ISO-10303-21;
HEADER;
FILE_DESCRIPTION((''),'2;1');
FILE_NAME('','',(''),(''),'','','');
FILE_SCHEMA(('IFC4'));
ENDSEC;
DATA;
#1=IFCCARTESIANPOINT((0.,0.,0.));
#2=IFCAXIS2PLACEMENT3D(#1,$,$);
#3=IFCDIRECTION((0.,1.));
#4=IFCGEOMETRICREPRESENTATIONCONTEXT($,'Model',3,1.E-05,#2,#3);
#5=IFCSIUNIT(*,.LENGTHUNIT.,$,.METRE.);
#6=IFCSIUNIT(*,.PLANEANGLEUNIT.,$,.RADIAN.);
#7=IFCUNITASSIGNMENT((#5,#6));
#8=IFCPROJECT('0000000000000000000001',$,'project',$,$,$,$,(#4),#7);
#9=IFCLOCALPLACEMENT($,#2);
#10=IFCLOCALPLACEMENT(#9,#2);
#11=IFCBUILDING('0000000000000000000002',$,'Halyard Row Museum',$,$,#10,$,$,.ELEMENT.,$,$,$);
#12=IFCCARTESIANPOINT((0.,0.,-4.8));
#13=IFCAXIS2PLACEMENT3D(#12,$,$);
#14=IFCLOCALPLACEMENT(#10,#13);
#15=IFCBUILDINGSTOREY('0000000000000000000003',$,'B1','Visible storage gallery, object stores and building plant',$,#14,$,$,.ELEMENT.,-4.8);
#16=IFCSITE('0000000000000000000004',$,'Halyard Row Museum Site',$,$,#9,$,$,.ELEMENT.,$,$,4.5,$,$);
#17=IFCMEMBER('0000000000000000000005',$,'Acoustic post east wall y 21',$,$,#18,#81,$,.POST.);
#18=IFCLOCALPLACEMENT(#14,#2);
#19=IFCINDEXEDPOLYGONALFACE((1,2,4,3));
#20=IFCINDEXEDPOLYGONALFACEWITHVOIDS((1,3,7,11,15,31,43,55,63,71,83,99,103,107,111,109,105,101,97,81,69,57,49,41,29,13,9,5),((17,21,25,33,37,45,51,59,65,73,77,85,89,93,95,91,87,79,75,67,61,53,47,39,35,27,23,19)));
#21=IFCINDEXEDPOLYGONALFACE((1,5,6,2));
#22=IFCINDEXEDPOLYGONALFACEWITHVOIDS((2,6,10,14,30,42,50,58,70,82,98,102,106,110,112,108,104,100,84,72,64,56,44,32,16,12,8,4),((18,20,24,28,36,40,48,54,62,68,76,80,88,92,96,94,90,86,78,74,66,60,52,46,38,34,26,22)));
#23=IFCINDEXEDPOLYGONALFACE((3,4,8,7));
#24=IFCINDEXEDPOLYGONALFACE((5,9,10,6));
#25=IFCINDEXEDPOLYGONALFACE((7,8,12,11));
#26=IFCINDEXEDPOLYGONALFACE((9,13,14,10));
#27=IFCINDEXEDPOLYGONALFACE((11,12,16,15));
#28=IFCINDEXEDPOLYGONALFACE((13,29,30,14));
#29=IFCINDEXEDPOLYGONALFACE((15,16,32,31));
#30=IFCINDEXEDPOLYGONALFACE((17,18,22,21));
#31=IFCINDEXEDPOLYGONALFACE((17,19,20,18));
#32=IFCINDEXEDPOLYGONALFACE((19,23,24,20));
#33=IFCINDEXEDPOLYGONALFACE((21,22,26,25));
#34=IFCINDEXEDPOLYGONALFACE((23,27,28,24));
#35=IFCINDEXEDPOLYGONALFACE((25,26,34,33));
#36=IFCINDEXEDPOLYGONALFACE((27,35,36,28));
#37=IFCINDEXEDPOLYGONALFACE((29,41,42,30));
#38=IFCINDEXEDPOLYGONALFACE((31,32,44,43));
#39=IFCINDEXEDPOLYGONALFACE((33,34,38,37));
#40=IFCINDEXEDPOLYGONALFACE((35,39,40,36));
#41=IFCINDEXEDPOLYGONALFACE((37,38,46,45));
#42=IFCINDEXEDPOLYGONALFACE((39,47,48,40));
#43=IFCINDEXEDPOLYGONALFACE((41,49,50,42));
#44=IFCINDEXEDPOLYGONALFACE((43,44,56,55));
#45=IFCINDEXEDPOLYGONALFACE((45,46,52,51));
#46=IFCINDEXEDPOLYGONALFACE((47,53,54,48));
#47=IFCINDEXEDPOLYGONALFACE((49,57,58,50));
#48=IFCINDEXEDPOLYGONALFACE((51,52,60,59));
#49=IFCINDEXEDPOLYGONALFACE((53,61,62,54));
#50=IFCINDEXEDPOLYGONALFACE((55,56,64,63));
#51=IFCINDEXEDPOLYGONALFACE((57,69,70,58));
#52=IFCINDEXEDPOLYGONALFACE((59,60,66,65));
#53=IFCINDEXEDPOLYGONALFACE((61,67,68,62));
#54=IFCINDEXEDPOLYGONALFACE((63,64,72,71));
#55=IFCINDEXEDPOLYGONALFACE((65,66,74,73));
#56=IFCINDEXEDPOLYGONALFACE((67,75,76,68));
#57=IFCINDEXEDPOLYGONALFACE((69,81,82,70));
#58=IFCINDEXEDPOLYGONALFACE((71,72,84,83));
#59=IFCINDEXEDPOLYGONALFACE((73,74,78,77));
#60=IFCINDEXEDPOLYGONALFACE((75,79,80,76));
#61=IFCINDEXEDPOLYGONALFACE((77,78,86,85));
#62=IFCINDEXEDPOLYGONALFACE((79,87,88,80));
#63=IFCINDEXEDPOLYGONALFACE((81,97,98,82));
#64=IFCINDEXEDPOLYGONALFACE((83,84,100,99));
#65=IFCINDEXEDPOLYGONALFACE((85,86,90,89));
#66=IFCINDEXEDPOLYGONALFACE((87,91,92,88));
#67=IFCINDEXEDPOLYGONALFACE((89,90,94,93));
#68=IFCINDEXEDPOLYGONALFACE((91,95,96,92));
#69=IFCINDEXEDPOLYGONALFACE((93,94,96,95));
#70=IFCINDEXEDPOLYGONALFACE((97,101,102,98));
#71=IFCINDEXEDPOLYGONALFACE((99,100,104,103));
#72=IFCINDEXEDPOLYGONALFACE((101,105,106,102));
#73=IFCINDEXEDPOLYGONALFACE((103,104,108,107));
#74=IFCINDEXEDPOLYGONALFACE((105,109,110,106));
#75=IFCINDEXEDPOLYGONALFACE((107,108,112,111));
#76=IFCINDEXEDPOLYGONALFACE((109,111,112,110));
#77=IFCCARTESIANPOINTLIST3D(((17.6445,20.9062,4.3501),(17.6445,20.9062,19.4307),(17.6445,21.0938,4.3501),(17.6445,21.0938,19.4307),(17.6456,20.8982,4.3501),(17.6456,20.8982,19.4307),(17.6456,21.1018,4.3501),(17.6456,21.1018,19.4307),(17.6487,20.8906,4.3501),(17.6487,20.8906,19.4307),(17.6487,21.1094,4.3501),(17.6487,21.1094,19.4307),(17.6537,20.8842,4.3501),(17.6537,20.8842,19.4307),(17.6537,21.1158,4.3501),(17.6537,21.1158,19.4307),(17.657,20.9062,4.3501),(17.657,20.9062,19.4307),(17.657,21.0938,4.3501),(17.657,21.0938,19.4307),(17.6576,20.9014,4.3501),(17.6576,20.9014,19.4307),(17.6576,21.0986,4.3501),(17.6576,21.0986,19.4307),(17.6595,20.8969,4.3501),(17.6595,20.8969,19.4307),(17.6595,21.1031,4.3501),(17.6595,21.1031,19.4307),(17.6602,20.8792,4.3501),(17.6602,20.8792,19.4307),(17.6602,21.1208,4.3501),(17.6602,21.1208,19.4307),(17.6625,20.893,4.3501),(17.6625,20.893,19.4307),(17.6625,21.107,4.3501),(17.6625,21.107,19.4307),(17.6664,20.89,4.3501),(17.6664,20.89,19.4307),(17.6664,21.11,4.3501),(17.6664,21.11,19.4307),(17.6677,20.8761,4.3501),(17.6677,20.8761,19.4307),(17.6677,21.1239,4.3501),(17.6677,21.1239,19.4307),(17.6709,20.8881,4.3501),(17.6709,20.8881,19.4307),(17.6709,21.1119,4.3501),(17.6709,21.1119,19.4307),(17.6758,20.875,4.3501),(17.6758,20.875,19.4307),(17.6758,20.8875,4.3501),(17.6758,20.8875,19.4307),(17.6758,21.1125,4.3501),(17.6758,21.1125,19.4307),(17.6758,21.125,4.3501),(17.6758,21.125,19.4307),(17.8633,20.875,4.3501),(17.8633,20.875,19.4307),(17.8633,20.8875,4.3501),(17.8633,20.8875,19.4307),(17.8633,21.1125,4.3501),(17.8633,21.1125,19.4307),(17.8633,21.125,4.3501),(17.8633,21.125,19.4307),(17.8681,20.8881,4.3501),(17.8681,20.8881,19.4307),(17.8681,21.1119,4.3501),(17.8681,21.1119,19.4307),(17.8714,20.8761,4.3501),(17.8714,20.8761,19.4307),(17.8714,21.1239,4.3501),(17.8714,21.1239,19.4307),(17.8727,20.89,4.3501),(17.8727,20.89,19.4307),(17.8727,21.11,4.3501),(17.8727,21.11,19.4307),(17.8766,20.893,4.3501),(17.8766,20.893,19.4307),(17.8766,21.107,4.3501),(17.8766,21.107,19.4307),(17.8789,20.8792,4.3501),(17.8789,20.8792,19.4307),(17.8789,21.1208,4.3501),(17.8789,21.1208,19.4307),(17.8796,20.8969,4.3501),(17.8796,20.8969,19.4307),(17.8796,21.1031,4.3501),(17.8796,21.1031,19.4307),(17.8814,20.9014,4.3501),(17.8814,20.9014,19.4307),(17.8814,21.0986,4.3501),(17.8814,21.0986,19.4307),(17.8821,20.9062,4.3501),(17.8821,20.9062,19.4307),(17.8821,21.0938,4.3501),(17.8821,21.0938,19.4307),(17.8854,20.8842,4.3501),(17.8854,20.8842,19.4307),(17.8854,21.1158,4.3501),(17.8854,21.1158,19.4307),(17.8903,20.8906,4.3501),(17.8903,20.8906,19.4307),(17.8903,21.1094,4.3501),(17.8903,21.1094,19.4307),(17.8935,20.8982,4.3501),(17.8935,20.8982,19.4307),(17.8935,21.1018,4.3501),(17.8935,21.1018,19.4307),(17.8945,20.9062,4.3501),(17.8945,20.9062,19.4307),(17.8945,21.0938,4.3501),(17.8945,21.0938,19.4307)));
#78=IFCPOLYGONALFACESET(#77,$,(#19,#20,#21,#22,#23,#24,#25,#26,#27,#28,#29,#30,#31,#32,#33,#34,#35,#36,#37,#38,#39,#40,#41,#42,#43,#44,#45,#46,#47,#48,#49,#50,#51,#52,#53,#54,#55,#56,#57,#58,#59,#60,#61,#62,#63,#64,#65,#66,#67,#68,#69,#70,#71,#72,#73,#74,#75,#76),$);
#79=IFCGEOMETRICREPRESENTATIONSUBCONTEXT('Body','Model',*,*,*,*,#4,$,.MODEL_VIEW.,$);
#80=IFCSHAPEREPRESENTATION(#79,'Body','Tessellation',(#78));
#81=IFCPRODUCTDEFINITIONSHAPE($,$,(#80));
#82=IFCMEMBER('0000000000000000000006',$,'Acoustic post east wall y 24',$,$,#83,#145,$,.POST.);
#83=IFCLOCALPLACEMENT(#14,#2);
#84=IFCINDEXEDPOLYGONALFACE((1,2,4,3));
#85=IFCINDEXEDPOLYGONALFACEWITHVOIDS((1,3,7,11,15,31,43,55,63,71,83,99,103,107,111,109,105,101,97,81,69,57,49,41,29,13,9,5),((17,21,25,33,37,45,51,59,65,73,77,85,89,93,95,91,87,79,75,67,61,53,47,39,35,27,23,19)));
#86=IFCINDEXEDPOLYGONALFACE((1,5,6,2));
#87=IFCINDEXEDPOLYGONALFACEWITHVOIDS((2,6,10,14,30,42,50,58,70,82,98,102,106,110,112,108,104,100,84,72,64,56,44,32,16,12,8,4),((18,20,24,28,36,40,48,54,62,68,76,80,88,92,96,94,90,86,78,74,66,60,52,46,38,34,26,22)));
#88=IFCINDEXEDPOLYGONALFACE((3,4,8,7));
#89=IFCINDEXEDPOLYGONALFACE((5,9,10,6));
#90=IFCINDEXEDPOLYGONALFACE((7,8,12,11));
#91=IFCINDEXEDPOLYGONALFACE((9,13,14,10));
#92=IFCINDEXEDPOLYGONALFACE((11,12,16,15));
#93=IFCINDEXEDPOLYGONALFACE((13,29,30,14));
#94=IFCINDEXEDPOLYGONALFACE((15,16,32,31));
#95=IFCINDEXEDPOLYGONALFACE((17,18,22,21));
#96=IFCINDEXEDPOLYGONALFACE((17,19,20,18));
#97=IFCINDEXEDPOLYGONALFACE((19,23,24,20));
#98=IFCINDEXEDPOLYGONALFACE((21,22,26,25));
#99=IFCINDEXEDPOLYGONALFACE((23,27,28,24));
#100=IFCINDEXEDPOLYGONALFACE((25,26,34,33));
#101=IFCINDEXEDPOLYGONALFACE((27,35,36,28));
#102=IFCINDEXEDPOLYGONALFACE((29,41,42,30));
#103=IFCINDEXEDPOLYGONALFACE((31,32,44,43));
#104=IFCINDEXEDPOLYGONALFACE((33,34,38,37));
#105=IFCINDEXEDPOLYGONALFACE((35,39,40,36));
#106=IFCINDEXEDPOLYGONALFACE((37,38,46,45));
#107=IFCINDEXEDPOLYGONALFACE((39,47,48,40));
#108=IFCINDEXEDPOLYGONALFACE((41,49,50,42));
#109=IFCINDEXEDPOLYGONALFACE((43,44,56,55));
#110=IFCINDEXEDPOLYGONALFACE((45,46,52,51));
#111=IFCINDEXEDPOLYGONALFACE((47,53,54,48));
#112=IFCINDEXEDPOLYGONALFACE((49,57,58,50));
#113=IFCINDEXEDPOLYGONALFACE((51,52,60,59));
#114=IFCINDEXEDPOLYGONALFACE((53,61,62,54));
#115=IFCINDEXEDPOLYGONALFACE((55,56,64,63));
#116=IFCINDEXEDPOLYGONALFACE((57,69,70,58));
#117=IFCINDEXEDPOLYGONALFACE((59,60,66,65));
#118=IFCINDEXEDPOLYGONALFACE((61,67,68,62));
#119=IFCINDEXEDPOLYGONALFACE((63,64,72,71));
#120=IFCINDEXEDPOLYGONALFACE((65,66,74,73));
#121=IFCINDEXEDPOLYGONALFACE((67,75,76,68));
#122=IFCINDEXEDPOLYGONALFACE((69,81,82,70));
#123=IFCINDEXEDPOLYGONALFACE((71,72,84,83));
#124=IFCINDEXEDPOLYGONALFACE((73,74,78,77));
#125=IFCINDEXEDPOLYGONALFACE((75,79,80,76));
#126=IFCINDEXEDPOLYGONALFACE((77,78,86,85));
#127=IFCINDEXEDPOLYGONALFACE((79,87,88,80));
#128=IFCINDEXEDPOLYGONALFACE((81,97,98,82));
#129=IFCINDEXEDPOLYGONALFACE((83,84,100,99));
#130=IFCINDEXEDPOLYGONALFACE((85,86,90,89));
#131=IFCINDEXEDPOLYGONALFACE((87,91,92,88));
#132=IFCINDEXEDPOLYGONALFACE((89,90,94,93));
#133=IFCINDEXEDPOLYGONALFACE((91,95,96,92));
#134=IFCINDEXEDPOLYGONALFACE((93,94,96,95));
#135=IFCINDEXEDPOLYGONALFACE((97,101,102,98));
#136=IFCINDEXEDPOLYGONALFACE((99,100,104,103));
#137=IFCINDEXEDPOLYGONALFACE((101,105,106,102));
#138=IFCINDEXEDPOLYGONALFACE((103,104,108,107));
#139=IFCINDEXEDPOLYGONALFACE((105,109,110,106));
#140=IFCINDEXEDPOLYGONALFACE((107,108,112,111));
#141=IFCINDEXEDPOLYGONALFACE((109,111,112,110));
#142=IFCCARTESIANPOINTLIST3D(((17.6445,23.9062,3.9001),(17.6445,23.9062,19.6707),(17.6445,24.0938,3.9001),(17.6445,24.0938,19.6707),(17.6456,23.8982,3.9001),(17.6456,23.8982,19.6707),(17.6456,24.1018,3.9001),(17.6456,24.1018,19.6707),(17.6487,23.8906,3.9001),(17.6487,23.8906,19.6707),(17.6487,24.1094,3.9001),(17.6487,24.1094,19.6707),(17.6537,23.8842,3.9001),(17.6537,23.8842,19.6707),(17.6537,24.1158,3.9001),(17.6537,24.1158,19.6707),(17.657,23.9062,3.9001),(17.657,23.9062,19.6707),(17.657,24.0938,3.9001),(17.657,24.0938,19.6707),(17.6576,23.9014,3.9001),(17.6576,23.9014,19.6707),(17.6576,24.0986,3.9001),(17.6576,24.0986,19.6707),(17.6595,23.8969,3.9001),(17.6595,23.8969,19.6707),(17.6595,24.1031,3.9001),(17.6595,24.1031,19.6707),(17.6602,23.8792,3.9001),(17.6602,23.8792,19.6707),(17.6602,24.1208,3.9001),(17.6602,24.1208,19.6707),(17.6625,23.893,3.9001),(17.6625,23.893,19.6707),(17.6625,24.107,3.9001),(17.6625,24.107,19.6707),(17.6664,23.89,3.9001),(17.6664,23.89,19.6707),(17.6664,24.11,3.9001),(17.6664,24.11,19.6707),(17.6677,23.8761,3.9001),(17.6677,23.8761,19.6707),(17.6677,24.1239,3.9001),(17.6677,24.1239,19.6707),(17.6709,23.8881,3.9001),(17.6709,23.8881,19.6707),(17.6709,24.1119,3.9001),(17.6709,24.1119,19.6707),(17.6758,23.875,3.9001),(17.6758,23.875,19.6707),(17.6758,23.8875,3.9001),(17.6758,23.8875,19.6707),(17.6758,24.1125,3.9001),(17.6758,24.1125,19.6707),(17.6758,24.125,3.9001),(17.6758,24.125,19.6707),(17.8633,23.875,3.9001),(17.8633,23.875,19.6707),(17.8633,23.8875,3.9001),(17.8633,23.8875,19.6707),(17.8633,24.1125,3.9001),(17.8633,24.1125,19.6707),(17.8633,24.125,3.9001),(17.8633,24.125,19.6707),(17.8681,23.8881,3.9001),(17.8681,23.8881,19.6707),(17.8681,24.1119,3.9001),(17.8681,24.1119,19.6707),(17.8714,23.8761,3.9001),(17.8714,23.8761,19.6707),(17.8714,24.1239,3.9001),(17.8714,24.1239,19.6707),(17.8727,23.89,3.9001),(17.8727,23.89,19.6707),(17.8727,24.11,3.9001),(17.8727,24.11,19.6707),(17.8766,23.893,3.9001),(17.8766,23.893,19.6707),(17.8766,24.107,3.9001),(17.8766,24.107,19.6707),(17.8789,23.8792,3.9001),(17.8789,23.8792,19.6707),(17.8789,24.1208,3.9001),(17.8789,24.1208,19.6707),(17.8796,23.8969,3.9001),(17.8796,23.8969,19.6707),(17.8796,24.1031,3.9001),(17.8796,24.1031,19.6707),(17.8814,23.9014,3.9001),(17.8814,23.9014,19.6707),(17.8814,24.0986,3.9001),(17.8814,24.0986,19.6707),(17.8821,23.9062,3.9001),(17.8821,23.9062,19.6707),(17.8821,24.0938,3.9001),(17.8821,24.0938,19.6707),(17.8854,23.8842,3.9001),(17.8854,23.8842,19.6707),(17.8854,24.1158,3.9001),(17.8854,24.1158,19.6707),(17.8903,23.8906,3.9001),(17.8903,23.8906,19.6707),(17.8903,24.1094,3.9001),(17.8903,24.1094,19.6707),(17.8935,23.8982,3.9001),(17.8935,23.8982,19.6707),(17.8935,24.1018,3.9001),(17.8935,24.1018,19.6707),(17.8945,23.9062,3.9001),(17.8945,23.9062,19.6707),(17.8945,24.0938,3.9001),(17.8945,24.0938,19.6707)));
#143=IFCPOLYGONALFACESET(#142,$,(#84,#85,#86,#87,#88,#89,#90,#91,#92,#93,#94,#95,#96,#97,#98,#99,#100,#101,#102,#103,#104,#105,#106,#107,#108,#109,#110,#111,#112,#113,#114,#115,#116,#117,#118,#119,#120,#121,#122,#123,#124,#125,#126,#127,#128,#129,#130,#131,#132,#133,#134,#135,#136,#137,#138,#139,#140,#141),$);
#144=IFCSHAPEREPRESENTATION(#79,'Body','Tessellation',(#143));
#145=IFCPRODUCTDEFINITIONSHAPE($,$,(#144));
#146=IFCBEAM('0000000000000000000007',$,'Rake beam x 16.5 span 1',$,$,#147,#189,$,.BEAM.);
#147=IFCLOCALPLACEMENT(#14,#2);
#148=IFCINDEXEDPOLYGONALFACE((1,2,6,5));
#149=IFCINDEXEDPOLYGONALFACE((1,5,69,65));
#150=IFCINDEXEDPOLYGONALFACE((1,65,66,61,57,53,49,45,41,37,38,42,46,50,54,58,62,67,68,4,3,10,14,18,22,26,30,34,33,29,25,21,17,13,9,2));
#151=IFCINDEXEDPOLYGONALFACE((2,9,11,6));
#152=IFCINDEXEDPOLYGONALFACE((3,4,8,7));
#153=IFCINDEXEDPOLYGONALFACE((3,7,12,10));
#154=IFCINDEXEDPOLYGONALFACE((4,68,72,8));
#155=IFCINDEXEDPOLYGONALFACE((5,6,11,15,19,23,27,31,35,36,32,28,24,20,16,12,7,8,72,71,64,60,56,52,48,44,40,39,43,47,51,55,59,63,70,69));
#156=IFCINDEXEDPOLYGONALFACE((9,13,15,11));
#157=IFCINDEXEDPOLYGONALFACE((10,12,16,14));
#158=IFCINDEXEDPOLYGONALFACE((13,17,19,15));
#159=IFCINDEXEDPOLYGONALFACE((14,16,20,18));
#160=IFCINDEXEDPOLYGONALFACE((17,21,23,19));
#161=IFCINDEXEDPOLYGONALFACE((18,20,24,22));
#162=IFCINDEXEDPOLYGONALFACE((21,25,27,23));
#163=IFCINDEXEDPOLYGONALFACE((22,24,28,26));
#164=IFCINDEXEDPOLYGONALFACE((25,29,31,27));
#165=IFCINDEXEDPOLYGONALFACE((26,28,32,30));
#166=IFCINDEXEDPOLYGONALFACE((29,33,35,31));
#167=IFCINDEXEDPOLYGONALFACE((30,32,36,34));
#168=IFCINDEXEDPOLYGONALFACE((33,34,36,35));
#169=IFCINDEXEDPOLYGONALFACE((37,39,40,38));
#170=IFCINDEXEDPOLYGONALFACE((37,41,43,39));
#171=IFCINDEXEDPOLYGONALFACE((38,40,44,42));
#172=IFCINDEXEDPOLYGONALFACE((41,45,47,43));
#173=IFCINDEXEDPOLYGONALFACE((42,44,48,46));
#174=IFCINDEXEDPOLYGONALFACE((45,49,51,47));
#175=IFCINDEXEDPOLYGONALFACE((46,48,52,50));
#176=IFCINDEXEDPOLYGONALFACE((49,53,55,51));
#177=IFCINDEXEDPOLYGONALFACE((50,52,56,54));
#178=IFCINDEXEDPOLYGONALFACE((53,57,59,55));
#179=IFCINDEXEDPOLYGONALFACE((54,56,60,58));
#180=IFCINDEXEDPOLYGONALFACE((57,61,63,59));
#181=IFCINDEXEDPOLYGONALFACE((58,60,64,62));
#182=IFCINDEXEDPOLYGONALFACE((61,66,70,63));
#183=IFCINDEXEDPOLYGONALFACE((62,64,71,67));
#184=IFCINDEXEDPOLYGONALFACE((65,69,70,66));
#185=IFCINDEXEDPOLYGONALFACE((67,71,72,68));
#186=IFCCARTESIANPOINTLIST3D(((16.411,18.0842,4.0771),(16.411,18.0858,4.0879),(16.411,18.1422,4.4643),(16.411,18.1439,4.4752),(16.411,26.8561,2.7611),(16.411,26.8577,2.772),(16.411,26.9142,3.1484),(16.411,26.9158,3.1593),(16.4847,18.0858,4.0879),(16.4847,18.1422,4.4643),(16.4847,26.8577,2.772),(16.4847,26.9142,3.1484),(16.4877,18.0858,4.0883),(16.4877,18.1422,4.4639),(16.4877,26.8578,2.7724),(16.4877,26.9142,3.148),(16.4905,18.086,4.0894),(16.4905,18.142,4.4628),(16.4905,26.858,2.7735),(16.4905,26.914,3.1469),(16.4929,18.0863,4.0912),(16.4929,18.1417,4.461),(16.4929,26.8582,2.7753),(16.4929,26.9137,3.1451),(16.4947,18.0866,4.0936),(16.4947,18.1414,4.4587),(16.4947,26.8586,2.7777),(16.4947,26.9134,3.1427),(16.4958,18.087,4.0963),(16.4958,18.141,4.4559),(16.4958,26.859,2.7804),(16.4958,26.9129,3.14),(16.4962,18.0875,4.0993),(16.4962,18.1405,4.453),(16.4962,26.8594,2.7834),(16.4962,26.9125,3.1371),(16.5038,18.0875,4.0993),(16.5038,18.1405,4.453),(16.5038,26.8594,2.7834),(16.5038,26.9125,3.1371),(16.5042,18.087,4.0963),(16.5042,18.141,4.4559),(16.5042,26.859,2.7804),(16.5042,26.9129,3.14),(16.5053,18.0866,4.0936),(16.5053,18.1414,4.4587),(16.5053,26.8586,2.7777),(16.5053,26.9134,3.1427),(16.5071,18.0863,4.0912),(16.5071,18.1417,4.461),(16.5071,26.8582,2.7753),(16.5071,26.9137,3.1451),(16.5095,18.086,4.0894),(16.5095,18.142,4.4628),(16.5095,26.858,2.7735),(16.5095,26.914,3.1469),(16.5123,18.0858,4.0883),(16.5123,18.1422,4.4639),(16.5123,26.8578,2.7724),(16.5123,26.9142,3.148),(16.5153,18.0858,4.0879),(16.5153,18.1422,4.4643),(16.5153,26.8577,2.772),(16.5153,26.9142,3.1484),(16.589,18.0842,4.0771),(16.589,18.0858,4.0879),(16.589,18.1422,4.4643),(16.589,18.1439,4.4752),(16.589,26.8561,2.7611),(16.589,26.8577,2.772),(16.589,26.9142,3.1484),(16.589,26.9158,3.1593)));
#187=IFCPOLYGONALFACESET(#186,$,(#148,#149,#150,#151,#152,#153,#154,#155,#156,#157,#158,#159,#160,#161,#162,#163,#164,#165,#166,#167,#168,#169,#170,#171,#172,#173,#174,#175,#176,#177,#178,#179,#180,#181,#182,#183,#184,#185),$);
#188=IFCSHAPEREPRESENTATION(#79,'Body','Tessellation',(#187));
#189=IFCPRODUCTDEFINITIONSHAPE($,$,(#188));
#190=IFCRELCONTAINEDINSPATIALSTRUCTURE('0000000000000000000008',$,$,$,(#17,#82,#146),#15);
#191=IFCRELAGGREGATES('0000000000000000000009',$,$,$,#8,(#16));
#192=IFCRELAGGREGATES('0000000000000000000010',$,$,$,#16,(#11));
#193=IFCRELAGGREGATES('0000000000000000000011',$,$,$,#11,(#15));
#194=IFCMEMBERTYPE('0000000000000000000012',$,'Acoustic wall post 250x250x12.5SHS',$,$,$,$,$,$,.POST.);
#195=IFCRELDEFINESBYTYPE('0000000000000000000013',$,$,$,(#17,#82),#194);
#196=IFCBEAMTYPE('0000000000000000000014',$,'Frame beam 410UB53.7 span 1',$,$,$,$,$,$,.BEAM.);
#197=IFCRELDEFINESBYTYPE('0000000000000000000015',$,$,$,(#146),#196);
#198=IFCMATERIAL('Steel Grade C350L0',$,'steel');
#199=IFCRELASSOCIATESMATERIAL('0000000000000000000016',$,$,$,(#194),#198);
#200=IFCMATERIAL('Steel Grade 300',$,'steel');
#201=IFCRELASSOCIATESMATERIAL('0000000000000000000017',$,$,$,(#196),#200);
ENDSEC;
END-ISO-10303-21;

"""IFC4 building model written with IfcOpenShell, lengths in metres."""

from ifc_helpers import new_model, si_unit, direction, frame, origin, origin_2d, place, context, subcontext, project, spatial, hollow_rectangle, i_section, extrude, material, material_profile, profile_set, type_object, element, save


model = new_model("IFC4")

# Units and contexts
model_context = context("Model", 3, precision=1e-05, world=origin(), true_north=direction((0.0, 1.0)))
body_context = subcontext(model_context, "Body", "Model", "MODEL_VIEW")
ifc_project = project(units=[si_unit("LENGTHUNIT", "METRE"), si_unit("PLANEANGLEUNIT", "RADIAN")], contexts=[model_context])

# Site, building, storey
site_placement = place(None, origin())
site = spatial("IfcSite", under=ifc_project, at=site_placement, Name="Halyard Row Museum Site", CompositionType="ELEMENT", RefElevation=4.5)
building_placement = place(site_placement, origin())
building = spatial("IfcBuilding", under=site, at=building_placement, Name="Halyard Row Museum", CompositionType="ELEMENT")
storey_placement = place(building_placement, frame((0.0, 0.0, -4.8)))
storey = spatial("IfcBuildingStorey", under=building, at=storey_placement, Name="B1", Description="Visible storage gallery, object stores and building plant", CompositionType="ELEMENT", Elevation=-4.8)

# Members
ifc_material_1 = material(Name="Steel Grade C350L0", Category="steel")
ifc_material_profile_1 = material_profile(ifc_material_1, hollow_rectangle(XDim=0.25, YDim=0.25, WallThickness=0.0125, InnerFilletRadius=0.0188, OuterFilletRadius=0.0312, at=origin_2d()), Name="250x250x12.5SHS")
ifc_profile_set_1 = profile_set([ifc_material_profile_1], Name="Steel Grade C350L0")
member_type = type_object("IfcMemberType", Name="Acoustic wall post 250x250x12.5SHS", PredefinedType="POST", material=ifc_profile_set_1)
member_1_placement = place(storey_placement, frame((17.7695, 21.0, 4.3501), z_axis=(0.0, 0.0, 1.0), x_axis=(1.0, 0.0, 0.0)))
element("IfcMember", 1, at=member_1_placement, inside=storey, type_object=member_type, Name="Acoustic post east wall y 21", PredefinedType="POST", context=body_context, shape_type="SweptSolid", body=[
    extrude(hollow_rectangle(XDim=0.25, YDim=0.25, WallThickness=0.0125, InnerFilletRadius=0.0188, OuterFilletRadius=0.0312, at=origin_2d()), origin(), (0.0, 0.0, 1.0), 15.0806),
])
member_2_placement = place(storey_placement, frame((17.7695, 24.0, 3.9001), z_axis=(0.0, 0.0, 1.0), x_axis=(1.0, 0.0, 0.0)))
element("IfcMember", 2, at=member_2_placement, inside=storey, type_object=member_type, Name="Acoustic post east wall y 24", PredefinedType="POST", context=body_context, shape_type="SweptSolid", body=[
    extrude(hollow_rectangle(XDim=0.25, YDim=0.25, WallThickness=0.0125, InnerFilletRadius=0.0188, OuterFilletRadius=0.0312, at=origin_2d()), origin(), (0.0, 0.0, 1.0), 15.7705),
])

# Beam
ifc_material_2 = material(Name="Steel Grade 300", Category="steel")
ifc_material_profile_2 = material_profile(ifc_material_2, i_section(OverallWidth=0.178, OverallDepth=0.4026, WebThickness=0.0076, FlangeThickness=0.011, FilletRadius=0.0115, at=origin_2d()), Name="410UB53.7")
ifc_profile_set_2 = profile_set([ifc_material_profile_2], Name="Steel Grade 300")
beam_type_1 = type_object("IfcBeamType", Name="Frame beam 410UB53.7 span 1", PredefinedType="BEAM", material=ifc_profile_set_2)
beam_1_placement = place(storey_placement, frame((16.5, 18.114, 4.2761), z_axis=(0.0, 0.988934, -0.148354), x_axis=(-1.0, 0.0, 0.0)))
element("IfcBeam", 3, at=beam_1_placement, inside=storey, type_object=beam_type_1, Name="Rake beam x 16.5 span 1", PredefinedType="BEAM", context=body_context, shape_type="SweptSolid", body=[
    extrude(i_section(OverallWidth=0.178, OverallDepth=0.4026, WebThickness=0.0076, FlangeThickness=0.011, FilletRadius=0.0115, at=origin_2d()), origin(), (0.0, 0.0, 1.0), 8.8701),
])

save(model, "model.ifc")
